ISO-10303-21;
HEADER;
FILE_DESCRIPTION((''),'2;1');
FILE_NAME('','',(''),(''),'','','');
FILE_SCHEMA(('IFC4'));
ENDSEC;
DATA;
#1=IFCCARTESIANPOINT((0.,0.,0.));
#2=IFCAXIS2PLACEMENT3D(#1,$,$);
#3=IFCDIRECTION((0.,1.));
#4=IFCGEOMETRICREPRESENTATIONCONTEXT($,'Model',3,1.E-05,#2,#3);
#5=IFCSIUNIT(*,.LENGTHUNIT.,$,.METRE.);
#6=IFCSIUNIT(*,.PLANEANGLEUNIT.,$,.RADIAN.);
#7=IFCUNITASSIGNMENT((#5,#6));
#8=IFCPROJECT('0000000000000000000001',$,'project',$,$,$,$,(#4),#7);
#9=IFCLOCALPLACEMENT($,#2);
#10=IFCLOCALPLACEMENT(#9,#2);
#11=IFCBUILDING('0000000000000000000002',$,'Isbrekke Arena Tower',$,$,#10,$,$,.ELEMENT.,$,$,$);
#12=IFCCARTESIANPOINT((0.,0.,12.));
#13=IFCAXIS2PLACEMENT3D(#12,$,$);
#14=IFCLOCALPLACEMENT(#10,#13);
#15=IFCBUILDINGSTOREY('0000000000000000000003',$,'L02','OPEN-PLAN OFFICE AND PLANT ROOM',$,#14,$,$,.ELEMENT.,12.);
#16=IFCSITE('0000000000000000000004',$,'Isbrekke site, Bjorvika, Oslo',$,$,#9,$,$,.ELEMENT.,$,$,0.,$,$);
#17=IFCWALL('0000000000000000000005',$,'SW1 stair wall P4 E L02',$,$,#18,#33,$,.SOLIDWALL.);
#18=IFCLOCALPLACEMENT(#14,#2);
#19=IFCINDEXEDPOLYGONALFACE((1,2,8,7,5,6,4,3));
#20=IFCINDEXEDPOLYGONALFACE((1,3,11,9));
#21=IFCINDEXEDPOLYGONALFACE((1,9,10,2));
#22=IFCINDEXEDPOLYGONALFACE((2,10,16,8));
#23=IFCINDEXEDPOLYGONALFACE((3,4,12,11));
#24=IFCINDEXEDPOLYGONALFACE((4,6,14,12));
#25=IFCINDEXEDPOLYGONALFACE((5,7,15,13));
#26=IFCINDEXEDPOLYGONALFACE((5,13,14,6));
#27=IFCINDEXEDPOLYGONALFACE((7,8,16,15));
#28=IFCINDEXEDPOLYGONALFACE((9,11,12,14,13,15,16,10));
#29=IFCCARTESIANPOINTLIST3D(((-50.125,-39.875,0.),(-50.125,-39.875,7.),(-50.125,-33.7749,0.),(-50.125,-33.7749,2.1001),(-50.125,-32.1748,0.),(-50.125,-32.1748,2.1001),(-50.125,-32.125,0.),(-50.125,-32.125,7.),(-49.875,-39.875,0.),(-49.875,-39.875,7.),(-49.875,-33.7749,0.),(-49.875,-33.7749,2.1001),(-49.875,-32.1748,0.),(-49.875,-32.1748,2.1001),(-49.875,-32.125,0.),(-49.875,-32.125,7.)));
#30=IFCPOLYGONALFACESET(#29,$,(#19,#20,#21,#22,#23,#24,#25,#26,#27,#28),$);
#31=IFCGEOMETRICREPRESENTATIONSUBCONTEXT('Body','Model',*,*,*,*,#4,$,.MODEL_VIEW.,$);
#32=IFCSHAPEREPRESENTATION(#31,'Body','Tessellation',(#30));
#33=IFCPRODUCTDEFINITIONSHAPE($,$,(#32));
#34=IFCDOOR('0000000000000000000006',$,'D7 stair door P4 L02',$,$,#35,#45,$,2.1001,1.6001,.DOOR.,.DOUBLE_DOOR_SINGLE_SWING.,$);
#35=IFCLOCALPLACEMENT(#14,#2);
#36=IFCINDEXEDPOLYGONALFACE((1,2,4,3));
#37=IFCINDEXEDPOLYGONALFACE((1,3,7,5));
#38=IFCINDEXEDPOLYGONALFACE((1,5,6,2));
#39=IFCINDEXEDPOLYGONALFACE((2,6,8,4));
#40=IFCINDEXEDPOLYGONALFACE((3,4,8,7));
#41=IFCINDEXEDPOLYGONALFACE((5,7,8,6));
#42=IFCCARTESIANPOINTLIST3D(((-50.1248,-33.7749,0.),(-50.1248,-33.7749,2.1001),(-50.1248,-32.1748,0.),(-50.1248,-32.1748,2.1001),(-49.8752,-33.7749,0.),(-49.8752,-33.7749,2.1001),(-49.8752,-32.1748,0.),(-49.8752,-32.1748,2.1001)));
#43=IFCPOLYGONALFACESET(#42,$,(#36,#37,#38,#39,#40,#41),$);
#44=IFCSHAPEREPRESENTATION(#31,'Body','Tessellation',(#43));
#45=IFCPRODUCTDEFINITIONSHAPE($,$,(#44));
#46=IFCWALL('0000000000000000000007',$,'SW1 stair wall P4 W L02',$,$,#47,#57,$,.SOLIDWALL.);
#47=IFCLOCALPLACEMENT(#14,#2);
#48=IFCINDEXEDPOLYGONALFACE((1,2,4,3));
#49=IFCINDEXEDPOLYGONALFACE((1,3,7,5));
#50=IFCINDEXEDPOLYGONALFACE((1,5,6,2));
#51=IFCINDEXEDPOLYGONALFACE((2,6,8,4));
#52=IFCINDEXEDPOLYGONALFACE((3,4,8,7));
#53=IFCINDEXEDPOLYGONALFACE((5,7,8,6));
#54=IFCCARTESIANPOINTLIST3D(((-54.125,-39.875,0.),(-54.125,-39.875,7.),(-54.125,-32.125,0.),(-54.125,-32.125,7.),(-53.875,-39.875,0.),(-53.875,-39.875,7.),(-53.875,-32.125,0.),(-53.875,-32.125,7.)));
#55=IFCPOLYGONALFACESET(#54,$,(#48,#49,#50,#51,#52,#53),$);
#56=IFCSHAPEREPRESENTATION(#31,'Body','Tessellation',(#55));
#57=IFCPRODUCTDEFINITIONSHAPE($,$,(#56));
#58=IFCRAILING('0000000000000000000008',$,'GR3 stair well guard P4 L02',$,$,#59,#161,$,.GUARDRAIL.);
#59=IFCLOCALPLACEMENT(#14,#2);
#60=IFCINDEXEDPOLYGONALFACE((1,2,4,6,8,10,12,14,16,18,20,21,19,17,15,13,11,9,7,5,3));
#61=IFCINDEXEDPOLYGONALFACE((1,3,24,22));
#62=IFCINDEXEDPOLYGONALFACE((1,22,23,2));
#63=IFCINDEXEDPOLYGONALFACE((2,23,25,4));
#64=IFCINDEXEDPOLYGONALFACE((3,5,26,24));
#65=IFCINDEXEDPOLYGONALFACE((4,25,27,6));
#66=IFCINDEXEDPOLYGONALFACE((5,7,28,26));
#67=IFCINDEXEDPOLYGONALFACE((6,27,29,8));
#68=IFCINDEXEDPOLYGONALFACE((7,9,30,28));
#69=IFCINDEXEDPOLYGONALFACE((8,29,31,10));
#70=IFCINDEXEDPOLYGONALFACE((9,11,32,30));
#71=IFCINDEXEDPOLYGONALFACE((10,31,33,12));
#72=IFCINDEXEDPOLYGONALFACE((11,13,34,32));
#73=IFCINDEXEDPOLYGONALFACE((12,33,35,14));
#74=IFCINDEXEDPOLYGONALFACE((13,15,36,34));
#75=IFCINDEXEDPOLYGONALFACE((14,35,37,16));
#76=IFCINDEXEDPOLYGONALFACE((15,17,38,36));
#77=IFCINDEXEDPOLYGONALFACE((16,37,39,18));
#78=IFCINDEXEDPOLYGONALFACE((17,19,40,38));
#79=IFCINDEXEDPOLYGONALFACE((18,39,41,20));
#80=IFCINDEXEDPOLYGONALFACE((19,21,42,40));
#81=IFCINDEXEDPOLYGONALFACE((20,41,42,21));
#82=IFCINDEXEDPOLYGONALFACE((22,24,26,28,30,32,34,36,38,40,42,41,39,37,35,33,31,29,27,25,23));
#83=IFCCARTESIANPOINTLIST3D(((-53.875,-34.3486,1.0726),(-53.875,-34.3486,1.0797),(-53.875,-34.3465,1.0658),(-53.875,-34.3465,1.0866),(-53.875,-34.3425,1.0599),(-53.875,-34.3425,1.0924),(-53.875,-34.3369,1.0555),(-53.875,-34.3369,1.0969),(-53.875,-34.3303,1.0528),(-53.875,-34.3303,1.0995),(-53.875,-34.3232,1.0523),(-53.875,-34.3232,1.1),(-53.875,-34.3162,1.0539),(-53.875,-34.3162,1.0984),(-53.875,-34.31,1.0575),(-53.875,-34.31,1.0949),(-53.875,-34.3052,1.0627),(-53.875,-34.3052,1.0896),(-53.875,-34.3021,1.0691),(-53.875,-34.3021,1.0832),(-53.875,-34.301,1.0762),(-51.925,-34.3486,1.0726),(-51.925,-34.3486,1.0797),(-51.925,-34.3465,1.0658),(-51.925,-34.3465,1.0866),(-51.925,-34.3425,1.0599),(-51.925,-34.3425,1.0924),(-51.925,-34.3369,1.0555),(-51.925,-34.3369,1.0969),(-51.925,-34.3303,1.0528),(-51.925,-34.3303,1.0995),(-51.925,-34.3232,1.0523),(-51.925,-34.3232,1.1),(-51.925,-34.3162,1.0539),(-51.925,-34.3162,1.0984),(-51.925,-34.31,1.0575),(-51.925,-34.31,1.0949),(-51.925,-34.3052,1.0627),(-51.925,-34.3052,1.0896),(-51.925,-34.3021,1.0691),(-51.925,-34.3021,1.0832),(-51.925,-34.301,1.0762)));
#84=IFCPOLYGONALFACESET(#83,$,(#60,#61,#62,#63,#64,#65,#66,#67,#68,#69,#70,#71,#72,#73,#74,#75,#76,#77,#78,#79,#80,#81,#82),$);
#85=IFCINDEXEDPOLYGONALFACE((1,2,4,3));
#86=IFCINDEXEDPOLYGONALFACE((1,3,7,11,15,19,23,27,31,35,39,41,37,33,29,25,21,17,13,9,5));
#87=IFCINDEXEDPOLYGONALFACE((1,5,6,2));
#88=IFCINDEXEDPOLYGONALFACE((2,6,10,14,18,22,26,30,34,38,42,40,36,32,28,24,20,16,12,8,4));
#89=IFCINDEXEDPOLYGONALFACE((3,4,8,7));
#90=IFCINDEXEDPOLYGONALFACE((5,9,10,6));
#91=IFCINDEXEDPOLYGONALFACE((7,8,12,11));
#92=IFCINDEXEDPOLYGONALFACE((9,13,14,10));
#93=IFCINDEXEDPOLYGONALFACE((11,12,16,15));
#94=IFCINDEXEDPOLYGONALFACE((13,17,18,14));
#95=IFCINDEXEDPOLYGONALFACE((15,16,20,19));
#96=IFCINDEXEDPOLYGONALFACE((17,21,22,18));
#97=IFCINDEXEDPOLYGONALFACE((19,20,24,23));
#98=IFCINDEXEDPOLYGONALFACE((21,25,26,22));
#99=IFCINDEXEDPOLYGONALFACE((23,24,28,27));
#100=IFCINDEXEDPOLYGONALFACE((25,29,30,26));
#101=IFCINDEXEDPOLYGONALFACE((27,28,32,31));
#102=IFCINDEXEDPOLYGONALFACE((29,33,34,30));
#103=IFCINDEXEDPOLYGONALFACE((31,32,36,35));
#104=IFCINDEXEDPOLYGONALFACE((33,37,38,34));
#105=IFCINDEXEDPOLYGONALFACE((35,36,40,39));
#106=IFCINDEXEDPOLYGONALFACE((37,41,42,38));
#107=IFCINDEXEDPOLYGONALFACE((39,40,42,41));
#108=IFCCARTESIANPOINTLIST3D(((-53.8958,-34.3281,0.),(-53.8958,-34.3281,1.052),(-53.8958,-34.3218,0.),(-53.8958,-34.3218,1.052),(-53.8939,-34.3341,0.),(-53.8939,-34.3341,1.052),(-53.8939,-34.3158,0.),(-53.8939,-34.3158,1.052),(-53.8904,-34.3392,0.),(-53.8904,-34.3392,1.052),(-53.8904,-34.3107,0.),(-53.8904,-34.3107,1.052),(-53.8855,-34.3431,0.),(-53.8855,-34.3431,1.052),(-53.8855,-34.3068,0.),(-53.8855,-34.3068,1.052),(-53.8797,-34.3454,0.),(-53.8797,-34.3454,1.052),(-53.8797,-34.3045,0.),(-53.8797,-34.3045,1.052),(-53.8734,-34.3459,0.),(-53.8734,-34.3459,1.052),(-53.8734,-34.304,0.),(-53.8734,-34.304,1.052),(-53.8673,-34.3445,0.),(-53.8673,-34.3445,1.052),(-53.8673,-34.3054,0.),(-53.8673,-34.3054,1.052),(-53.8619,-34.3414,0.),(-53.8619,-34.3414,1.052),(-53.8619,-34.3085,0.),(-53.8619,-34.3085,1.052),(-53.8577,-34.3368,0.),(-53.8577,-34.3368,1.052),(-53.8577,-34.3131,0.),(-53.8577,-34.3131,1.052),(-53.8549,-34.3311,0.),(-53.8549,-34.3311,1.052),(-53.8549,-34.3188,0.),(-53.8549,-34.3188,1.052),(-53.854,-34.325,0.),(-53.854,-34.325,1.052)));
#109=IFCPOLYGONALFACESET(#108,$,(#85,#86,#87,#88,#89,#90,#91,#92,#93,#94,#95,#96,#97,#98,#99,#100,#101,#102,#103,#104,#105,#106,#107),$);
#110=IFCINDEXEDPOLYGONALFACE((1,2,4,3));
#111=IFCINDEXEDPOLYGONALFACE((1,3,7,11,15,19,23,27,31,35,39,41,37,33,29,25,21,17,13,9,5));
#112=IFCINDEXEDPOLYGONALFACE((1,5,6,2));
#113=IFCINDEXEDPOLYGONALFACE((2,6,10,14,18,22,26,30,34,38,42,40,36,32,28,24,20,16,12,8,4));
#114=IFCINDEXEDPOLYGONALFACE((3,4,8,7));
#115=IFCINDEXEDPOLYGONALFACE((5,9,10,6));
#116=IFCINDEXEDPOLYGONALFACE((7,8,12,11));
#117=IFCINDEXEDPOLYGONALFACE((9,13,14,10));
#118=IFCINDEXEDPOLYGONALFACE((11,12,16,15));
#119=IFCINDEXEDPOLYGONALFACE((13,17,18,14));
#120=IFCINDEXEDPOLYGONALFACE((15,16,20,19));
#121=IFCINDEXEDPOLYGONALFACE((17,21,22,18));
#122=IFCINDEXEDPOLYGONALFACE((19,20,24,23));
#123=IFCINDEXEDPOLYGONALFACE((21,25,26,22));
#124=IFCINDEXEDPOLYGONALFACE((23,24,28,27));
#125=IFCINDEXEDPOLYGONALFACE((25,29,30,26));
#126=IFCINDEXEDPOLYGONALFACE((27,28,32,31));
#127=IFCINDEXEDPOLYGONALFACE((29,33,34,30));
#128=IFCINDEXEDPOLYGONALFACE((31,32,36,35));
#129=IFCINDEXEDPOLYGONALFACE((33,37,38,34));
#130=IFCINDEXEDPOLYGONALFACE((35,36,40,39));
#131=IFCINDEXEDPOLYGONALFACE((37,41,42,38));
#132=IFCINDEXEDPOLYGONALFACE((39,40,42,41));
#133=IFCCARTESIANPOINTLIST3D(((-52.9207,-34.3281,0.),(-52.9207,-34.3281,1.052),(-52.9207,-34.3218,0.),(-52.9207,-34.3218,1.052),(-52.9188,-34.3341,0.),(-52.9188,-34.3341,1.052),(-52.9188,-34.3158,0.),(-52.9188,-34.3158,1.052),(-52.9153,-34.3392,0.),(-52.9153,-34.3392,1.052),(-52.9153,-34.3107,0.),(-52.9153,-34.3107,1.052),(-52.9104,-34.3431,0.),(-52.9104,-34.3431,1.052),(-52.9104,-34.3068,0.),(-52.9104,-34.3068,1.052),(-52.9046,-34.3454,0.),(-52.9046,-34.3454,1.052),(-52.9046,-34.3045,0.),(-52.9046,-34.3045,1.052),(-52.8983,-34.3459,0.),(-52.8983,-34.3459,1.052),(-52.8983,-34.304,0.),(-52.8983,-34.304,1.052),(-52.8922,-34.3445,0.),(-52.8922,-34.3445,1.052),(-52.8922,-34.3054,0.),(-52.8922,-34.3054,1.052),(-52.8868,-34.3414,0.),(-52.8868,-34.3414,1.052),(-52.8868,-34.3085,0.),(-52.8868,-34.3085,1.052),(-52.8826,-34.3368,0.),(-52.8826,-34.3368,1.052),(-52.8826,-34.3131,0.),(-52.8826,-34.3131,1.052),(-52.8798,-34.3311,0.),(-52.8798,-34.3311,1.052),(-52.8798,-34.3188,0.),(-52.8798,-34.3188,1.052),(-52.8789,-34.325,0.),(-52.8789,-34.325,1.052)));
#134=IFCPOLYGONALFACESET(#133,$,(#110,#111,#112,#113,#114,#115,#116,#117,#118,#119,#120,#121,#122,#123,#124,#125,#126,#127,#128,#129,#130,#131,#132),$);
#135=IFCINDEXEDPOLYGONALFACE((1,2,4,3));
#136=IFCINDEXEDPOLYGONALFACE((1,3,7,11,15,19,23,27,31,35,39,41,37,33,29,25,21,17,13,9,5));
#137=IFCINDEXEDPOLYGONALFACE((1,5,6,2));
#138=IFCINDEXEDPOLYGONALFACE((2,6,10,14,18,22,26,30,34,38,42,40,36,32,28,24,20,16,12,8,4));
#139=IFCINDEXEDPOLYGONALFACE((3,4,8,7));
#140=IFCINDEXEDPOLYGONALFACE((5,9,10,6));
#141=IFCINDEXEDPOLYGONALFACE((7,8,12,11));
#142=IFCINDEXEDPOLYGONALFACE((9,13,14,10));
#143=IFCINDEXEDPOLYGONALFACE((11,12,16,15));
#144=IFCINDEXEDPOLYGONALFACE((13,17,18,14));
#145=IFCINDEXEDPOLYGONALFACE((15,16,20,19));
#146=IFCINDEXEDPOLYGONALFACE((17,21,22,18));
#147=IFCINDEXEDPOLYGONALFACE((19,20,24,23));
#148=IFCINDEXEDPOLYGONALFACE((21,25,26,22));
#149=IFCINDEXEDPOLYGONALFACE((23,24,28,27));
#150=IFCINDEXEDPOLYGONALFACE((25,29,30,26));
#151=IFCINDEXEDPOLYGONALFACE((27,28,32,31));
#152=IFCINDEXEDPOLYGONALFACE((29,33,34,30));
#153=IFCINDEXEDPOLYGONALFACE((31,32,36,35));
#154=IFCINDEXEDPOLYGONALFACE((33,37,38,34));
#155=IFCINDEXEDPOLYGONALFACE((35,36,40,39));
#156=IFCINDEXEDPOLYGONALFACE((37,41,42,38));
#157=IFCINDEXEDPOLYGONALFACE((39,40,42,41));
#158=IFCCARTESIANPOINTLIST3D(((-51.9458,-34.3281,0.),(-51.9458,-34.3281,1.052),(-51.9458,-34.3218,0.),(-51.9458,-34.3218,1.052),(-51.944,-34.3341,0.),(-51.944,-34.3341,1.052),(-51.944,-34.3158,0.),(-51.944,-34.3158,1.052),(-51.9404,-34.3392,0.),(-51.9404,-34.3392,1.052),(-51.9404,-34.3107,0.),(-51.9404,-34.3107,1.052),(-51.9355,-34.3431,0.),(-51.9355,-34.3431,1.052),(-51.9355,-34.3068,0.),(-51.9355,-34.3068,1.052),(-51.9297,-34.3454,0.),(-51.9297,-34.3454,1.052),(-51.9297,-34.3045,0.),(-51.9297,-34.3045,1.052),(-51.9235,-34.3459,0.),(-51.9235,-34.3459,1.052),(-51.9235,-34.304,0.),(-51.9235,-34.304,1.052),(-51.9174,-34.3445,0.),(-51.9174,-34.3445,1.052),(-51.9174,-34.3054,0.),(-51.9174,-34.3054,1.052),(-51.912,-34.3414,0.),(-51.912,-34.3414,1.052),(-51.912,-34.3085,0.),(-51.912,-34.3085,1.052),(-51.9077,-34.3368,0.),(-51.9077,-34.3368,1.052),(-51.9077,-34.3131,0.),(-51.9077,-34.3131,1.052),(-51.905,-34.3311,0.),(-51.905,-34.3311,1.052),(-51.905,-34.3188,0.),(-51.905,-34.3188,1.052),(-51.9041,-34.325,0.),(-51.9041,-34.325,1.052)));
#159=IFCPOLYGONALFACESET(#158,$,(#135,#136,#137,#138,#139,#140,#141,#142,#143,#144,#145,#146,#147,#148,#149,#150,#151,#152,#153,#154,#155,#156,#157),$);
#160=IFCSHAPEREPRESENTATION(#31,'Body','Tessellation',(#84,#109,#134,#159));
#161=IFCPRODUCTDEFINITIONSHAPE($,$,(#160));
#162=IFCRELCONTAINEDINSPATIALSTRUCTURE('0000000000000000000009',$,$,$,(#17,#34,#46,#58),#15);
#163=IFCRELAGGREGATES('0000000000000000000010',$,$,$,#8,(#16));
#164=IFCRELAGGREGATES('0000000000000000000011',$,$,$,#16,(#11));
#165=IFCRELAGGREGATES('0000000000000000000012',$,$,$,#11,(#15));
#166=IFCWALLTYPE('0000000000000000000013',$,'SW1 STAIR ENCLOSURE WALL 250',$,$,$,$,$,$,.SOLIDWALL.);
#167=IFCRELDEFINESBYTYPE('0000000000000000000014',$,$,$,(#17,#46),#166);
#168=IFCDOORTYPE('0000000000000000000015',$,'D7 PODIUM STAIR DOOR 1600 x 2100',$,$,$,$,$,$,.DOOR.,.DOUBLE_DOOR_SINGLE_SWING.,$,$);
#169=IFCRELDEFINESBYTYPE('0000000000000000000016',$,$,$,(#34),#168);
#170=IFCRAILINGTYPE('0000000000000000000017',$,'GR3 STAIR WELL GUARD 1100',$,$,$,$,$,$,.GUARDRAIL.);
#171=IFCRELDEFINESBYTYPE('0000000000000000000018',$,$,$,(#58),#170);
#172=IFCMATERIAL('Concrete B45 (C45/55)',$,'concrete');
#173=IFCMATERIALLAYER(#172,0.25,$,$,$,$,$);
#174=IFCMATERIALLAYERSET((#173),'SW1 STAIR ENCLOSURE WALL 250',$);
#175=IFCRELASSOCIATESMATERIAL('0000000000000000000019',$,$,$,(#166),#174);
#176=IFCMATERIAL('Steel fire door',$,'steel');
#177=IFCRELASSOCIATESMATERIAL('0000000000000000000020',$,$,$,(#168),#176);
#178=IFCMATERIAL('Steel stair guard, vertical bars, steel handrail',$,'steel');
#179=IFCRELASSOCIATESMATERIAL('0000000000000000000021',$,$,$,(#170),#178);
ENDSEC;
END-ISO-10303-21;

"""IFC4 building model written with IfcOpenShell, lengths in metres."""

from ifc_helpers import new_model, si_unit, direction, frame, frame_2d, origin, origin_2d, place, context, subcontext, project, spatial, rectangle, circle, extrude, material, layer, layer_set, type_object, element, fill, save


model = new_model("IFC4")

# Units and contexts
model_context = context("Model", 3, precision=1e-05, world=origin(), true_north=direction((0.0, 1.0)))
body_context = subcontext(model_context, "Body", "Model", "MODEL_VIEW")
ifc_project = project(units=[si_unit("LENGTHUNIT", "METRE"), si_unit("PLANEANGLEUNIT", "RADIAN")], contexts=[model_context])

# Site, building, storey
site_placement = place(None, origin())
site = spatial("IfcSite", under=ifc_project, at=site_placement, Name="Isbrekke site, Bjorvika, Oslo", CompositionType="ELEMENT", RefElevation=0.0)
building_placement = place(site_placement, origin())
building = spatial("IfcBuilding", under=site, at=building_placement, Name="Isbrekke Arena Tower", CompositionType="ELEMENT")
storey_placement = place(building_placement, frame((0.0, 0.0, 12.0)))
storey = spatial("IfcBuildingStorey", under=building, at=storey_placement, Name="L02", Description="OPEN-PLAN OFFICE AND PLANT ROOM", CompositionType="ELEMENT", Elevation=12.0)

# Shared definitions
ifc_material_1 = material(Name="Concrete B45 (C45/55)", Category="concrete")
ifc_layer_1 = layer(ifc_material_1, 0.25)
ifc_layer_set_1 = layer_set([ifc_layer_1], Name="SW1 STAIR ENCLOSURE WALL 250")
wall_type_1 = type_object("IfcWallType", Name="SW1 STAIR ENCLOSURE WALL 250", PredefinedType="SOLIDWALL", material=ifc_layer_set_1)

# Wall, opening, door
wall_1_placement = place(storey_placement, frame((-50.0, -39.875, 0.0), z_axis=(0.0, 0.0, 1.0), x_axis=(0.0, 1.0, 0.0)))
wall_1 = element("IfcWall", 1, at=wall_1_placement, inside=storey, type_object=wall_type_1, Name="SW1 stair wall P4 E L02", PredefinedType="SOLIDWALL", context=body_context, shape_type="SweptSolid", body=[
    extrude(rectangle(XDim=7.75, YDim=0.25, at=frame_2d((3.875, 0.0))), origin(), (0.0, 0.0, 1.0), 7.0),
])
opening_placement = place(wall_1_placement, frame((6.1001, 0.0, 0.0)))
opening = element("IfcOpeningElement", 2, at=opening_placement, cuts=wall_1, PredefinedType="OPENING", context=body_context, shape_type="SweptSolid", body=[
    extrude(rectangle(XDim=1.6001, YDim=2.1001, at=frame_2d((0.8, 1.05))), frame((0.0, 0.1399, 0.0), z_axis=(0.0, -1.0, 0.0), x_axis=(1.0, 0.0, 0.0)), (0.0, 0.0, 1.0), 0.2798),
])
ifc_material_2 = material(Name="Steel fire door", Category="steel")
door_type = type_object("IfcDoorType", Name="D7 PODIUM STAIR DOOR 1600 x 2100", OperationType="DOUBLE_DOOR_SINGLE_SWING", PredefinedType="DOOR", material=ifc_material_2)
door_placement = place(opening_placement, origin())
door = element("IfcDoor", 3, at=door_placement, inside=storey, type_object=door_type, Name="D7 stair door P4 L02", OperationType="DOUBLE_DOOR_SINGLE_SWING", OverallHeight=2.1001, OverallWidth=1.6001, PredefinedType="DOOR", context=body_context, shape_type="SweptSolid", body=[
    extrude(rectangle(XDim=1.6001, YDim=2.1001, at=frame_2d((0.8, 1.05))), frame((0.0, 0.1248, 0.0), z_axis=(0.0, -1.0, 0.0), x_axis=(1.0, 0.0, 0.0)), (0.0, 0.0, 1.0), 0.2495),
])
fill(opening, door)

# Wall
wall_2_placement = place(storey_placement, frame((-54.0, -32.125, 0.0), z_axis=(0.0, 0.0, 1.0), x_axis=(0.0, -1.0, 0.0)))
element("IfcWall", 4, at=wall_2_placement, inside=storey, type_object=wall_type_1, Name="SW1 stair wall P4 W L02", PredefinedType="SOLIDWALL", context=body_context, shape_type="SweptSolid", body=[
    extrude(rectangle(XDim=7.75, YDim=0.25, at=frame_2d((3.875, 0.0))), origin(), (0.0, 0.0, 1.0), 7.0),
])

# Railing
ifc_material_3 = material(Name="Steel stair guard, vertical bars, steel handrail", Category="steel")
railing_type = type_object("IfcRailingType", Name="GR3 STAIR WELL GUARD 1100", PredefinedType="GUARDRAIL", material=ifc_material_3)
railing_placement = place(storey_placement, frame((-53.875, -34.325, 0.0)))
element("IfcRailing", 5, at=railing_placement, inside=storey, type_object=railing_type, Name="GR3 stair well guard P4 L02", PredefinedType="GUARDRAIL", context=body_context, shape_type="SweptSolid", body=[
    extrude(circle(Radius=0.0239, at=origin_2d()), frame((0.0, 0.0, 1.0762), z_axis=(1.0, 0.0, 0.0), x_axis=(0.0, 1.0, 0.0)), (0.0, 0.0, 1.0), 1.95),
    extrude(circle(Radius=0.021, at=origin_2d()), origin(), (0.0, 0.0, 1.0), 1.052),
    extrude(circle(Radius=0.021, at=origin_2d()), frame((0.9751, 0.0, 0.0)), (0.0, 0.0, 1.0), 1.052),
    extrude(circle(Radius=0.021, at=origin_2d()), frame((1.95, 0.0, 0.0)), (0.0, 0.0, 1.0), 1.052),
])

save(model, "model.ifc")
